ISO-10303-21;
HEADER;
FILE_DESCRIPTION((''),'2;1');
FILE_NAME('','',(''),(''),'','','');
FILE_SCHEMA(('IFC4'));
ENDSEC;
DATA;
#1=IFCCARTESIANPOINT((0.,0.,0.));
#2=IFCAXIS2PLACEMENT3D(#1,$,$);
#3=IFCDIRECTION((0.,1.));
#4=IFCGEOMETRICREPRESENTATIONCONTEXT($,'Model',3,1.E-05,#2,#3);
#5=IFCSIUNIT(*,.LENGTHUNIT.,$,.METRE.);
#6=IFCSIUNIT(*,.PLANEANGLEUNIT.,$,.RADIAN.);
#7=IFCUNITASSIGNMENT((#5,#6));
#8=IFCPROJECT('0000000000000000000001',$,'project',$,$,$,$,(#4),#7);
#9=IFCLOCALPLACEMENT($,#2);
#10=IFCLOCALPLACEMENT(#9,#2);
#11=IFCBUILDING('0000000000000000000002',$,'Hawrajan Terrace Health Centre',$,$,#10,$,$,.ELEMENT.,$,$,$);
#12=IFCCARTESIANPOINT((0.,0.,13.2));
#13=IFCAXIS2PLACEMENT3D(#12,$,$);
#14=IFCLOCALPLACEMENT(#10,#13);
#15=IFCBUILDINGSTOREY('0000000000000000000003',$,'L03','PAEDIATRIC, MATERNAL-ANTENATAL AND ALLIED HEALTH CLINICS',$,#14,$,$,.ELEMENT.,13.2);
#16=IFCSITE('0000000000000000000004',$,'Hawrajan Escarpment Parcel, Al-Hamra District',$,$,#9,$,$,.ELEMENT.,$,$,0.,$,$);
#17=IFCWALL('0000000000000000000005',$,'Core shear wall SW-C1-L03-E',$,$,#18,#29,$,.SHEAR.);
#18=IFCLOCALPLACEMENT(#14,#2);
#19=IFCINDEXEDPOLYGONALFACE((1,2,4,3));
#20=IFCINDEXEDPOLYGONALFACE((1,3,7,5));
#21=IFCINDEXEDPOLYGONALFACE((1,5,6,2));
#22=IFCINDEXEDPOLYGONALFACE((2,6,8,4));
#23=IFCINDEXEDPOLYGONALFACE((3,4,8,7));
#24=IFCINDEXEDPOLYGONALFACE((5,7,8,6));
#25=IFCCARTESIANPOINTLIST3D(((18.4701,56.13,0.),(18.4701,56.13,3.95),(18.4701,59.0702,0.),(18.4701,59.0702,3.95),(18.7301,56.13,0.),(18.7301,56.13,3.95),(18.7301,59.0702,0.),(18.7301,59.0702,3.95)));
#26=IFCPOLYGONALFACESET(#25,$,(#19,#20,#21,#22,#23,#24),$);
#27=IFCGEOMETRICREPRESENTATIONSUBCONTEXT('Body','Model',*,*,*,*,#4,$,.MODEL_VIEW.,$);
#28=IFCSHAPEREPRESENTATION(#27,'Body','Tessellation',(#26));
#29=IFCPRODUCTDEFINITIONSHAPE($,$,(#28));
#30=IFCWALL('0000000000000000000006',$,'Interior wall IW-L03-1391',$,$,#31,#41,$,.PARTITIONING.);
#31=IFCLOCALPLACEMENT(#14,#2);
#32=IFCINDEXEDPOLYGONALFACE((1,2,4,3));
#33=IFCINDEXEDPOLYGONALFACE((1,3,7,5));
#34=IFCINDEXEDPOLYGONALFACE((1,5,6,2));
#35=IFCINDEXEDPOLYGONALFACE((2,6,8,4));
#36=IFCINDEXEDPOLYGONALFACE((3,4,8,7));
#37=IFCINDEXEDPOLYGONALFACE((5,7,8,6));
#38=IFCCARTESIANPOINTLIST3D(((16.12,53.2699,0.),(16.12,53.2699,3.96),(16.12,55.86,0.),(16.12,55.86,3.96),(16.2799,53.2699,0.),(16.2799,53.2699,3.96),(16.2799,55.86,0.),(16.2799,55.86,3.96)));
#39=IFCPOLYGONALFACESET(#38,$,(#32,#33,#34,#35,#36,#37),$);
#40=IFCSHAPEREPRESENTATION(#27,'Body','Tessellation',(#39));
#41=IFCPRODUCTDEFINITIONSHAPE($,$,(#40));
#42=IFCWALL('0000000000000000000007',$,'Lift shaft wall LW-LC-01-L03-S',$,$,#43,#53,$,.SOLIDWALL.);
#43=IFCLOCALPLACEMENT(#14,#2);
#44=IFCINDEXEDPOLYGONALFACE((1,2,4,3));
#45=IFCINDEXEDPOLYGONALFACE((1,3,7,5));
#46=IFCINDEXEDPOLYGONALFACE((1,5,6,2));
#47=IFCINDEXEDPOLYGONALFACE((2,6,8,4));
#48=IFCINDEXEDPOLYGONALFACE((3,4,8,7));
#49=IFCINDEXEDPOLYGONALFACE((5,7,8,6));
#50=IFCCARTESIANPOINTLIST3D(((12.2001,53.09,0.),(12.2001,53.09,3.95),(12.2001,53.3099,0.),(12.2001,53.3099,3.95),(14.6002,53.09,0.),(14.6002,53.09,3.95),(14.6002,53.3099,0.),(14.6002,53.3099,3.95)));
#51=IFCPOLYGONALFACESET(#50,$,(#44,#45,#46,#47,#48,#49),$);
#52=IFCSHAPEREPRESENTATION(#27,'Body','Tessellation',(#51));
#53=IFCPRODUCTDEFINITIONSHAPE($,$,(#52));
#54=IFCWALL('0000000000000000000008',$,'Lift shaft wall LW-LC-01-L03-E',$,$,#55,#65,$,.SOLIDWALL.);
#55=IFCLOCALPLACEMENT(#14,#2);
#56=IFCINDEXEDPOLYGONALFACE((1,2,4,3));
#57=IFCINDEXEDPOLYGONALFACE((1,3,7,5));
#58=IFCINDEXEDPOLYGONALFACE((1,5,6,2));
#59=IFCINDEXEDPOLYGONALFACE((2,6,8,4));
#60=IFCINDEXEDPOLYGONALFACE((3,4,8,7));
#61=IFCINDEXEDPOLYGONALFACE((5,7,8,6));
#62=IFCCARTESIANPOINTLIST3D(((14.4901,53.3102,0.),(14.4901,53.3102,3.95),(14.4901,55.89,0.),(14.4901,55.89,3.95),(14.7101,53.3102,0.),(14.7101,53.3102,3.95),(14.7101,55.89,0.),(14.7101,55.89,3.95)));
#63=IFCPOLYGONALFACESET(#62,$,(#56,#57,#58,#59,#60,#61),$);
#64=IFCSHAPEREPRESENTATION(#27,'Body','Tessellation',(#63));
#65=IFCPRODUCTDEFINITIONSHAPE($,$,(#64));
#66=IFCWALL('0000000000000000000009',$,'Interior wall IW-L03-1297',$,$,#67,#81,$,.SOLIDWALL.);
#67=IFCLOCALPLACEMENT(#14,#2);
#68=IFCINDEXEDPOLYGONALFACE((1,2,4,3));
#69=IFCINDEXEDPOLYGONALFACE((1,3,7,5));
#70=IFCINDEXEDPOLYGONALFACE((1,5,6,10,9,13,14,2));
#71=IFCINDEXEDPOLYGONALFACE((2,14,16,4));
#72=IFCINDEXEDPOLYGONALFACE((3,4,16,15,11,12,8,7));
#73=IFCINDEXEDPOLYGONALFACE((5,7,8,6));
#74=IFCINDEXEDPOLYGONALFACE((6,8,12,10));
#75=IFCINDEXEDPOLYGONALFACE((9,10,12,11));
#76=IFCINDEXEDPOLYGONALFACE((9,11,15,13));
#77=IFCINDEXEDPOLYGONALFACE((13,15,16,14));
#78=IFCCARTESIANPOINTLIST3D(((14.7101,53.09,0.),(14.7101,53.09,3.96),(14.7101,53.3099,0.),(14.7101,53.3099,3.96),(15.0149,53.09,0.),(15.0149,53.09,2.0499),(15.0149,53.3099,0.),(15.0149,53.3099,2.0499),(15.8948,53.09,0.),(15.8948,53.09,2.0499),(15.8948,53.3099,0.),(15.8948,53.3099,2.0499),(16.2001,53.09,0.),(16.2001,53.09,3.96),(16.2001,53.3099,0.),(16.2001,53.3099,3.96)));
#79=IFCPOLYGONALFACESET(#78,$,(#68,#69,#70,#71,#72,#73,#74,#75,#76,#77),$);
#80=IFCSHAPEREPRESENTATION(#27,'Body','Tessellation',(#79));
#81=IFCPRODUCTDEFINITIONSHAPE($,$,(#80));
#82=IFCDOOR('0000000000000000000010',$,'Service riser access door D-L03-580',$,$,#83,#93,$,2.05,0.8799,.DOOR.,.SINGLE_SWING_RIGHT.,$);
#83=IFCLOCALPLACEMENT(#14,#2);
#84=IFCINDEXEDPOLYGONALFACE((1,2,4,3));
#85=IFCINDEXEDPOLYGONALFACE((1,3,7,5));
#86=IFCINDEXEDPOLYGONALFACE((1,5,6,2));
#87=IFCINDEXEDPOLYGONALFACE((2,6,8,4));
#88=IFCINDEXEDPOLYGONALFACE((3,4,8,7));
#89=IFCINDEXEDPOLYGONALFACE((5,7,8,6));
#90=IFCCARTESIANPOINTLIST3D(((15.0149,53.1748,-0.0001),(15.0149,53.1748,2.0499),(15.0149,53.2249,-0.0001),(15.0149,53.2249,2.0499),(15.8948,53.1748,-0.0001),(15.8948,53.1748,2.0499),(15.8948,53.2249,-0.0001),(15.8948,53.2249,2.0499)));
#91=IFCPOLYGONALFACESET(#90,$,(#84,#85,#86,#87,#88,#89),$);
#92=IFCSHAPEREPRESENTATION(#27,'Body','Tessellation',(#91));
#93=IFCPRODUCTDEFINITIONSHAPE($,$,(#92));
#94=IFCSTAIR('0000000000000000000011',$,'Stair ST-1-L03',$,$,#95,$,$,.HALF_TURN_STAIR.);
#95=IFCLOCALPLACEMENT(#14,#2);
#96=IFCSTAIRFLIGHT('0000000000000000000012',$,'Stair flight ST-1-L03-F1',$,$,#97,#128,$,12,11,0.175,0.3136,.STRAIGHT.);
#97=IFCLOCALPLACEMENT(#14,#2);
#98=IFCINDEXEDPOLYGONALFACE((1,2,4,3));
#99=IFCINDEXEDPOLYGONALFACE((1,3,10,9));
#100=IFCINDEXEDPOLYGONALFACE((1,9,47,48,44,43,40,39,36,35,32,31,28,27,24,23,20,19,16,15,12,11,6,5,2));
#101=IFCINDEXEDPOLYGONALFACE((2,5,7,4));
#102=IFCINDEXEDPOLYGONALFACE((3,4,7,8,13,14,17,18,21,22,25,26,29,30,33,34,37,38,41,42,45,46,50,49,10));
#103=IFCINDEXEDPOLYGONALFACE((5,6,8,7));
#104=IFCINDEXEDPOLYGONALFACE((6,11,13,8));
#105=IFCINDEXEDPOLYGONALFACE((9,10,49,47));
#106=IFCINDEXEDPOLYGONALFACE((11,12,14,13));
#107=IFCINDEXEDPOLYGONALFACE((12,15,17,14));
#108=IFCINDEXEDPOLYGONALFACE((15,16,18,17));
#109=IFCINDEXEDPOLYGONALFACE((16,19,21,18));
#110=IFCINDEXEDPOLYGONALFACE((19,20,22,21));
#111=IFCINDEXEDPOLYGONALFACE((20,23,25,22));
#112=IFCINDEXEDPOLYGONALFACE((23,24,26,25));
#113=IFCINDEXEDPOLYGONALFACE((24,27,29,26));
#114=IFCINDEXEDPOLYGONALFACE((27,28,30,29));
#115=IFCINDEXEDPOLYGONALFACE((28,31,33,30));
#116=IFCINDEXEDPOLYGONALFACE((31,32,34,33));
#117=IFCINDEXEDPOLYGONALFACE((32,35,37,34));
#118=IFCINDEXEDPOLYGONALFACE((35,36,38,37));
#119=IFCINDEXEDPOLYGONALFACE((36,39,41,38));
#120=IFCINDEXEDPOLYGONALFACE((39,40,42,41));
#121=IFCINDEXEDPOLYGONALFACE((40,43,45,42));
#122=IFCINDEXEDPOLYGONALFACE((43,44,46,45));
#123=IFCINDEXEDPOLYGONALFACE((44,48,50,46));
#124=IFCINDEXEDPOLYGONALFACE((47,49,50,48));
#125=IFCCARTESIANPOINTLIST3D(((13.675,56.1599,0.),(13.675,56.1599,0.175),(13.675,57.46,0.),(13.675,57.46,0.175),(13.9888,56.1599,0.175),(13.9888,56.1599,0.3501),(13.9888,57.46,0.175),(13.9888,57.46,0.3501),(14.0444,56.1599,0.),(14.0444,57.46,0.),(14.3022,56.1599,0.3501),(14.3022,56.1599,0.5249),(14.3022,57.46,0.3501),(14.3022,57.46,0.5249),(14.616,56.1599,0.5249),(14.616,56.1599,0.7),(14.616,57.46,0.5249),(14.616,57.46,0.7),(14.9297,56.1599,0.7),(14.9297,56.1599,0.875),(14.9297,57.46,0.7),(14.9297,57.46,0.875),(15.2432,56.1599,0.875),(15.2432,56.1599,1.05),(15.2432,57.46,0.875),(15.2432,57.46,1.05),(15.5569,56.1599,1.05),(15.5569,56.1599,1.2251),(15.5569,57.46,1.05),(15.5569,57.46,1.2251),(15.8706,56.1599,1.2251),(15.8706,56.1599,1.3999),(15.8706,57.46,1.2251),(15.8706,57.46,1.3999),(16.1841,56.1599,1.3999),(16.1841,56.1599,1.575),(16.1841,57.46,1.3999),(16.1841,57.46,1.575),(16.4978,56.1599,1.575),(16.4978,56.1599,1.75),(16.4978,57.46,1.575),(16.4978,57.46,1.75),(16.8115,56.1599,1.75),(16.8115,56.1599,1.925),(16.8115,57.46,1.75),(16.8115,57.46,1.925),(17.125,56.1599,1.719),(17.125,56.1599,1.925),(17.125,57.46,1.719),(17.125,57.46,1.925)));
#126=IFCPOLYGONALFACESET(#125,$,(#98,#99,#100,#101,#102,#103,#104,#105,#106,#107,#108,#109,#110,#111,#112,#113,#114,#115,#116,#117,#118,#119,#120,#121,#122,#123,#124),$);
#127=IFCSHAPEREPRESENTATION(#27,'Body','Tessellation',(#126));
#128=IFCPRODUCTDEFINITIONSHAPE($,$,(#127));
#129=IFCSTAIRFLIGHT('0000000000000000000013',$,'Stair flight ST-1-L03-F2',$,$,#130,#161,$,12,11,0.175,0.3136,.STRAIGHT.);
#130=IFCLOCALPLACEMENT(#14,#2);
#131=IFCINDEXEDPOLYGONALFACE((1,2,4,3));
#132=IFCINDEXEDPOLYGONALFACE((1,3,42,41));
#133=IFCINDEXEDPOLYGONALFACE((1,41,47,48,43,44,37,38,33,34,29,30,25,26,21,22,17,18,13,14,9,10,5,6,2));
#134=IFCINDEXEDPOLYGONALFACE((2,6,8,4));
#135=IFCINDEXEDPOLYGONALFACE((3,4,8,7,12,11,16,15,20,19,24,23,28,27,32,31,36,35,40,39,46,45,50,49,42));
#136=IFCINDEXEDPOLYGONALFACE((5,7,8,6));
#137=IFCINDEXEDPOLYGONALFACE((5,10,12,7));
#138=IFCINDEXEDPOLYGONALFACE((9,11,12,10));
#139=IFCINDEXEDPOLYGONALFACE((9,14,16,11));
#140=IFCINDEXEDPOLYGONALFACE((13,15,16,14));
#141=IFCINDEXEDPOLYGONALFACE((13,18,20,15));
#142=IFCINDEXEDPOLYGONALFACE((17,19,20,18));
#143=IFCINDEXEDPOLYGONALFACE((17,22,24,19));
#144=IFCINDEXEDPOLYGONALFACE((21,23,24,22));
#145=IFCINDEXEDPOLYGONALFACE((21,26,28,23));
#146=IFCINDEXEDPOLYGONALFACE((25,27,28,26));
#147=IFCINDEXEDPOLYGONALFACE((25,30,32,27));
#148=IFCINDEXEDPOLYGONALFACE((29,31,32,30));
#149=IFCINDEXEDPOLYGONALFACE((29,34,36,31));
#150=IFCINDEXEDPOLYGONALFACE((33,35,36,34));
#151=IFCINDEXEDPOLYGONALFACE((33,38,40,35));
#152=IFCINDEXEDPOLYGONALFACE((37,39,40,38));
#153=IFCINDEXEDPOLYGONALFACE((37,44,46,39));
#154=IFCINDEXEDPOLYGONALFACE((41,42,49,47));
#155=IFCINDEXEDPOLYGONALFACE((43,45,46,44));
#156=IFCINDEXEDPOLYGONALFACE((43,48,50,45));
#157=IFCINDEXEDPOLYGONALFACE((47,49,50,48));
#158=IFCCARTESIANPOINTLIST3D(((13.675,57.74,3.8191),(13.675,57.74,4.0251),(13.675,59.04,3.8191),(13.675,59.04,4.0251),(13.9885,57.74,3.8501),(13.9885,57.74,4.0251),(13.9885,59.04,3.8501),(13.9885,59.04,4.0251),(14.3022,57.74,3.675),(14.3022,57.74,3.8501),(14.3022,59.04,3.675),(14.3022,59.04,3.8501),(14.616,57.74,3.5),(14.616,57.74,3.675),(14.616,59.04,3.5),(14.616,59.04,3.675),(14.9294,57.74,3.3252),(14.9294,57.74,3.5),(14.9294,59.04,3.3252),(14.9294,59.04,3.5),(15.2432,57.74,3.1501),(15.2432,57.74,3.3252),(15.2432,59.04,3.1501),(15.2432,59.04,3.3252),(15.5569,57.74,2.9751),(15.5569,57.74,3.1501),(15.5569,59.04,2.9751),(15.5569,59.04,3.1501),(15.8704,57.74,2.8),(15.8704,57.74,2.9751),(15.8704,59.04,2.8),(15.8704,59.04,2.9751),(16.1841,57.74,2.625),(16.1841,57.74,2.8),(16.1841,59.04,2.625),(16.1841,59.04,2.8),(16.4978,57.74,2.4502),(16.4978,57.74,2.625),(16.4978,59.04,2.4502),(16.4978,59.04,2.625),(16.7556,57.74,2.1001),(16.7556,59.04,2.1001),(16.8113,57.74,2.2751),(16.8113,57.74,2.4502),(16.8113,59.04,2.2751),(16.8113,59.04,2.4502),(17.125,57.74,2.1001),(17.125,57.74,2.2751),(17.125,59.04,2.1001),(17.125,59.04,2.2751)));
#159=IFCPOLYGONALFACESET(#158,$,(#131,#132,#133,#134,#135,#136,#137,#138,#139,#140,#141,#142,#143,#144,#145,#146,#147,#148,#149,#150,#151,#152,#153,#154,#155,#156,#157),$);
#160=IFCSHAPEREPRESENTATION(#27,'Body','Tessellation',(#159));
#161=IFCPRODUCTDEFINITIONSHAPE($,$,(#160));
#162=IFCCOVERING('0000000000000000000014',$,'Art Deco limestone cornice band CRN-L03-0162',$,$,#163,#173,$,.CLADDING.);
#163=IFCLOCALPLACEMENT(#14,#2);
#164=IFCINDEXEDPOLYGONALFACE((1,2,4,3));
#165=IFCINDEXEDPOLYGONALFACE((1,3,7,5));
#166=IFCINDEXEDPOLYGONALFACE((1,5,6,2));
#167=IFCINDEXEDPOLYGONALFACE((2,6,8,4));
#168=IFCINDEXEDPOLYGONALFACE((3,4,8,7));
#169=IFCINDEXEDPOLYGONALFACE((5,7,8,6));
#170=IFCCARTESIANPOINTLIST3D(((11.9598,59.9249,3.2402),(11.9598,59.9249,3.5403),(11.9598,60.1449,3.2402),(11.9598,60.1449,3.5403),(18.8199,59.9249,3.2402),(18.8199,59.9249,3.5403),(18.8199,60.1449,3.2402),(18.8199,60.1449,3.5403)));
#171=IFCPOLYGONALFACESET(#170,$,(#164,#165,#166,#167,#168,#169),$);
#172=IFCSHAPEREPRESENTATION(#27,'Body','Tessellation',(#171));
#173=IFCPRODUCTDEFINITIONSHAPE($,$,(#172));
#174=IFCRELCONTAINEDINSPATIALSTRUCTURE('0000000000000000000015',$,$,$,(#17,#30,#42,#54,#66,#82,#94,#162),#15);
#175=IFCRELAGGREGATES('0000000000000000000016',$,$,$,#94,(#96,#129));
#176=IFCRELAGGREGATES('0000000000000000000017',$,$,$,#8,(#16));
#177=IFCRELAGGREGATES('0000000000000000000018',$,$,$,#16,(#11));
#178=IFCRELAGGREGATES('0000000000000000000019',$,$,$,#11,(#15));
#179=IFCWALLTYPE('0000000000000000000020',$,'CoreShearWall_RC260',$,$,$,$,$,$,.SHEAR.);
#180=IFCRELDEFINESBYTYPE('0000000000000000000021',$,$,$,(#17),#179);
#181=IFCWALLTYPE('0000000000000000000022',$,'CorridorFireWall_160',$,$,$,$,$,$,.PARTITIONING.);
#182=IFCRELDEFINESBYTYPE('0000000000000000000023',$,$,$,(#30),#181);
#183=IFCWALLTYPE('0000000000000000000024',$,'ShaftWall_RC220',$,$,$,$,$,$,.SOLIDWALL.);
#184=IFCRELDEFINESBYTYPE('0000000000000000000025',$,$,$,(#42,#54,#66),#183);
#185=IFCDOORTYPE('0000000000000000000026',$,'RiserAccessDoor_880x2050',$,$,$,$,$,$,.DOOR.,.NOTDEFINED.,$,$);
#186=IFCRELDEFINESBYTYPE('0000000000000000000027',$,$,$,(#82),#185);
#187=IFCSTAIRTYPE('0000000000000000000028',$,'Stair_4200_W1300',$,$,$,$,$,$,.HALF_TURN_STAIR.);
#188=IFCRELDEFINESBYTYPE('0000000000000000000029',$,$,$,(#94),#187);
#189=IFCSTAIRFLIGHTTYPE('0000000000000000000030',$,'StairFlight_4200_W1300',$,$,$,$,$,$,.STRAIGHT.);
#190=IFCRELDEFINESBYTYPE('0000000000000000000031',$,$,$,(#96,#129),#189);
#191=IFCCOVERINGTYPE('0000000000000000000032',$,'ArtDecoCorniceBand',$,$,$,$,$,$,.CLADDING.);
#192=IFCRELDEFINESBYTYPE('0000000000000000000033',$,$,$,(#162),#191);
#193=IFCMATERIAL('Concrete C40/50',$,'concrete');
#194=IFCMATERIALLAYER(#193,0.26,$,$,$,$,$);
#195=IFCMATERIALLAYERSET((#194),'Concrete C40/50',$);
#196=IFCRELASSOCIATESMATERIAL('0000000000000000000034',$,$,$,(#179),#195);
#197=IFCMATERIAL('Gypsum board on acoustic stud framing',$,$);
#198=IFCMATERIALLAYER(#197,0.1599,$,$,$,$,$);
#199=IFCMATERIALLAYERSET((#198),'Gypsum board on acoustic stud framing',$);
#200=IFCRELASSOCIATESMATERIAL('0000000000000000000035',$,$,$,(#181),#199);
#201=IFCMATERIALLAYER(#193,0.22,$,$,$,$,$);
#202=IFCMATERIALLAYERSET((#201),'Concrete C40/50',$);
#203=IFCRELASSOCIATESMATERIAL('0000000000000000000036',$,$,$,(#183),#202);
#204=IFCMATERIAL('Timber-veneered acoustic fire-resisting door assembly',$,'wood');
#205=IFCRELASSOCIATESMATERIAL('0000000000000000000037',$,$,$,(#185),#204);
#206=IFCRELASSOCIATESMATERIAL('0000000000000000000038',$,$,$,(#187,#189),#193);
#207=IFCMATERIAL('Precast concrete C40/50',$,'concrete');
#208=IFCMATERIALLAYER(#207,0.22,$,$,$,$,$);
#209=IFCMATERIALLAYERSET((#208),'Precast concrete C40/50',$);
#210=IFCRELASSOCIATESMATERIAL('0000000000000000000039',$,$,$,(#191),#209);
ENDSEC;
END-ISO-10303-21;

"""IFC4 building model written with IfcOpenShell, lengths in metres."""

from ifc_helpers import new_model, si_unit, direction, frame, frame_2d, origin, origin_2d, place, context, subcontext, project, spatial, polyline, rectangle, outline, extrude, material, layer, layer_set, type_object, element, fill, aggregate, save


model = new_model("IFC4")

# Units and contexts
model_context = context("Model", 3, precision=1e-05, world=origin(), true_north=direction((0.0, 1.0)))
body_context = subcontext(model_context, "Body", "Model", "MODEL_VIEW")
ifc_project = project(units=[si_unit("LENGTHUNIT", "METRE"), si_unit("PLANEANGLEUNIT", "RADIAN")], contexts=[model_context])

# Site, building, storey
site_placement = place(None, origin())
site = spatial("IfcSite", under=ifc_project, at=site_placement, Name="Hawrajan Escarpment Parcel, Al-Hamra District", CompositionType="ELEMENT", RefElevation=0.0)
building_placement = place(site_placement, origin())
building = spatial("IfcBuilding", under=site, at=building_placement, Name="Hawrajan Terrace Health Centre", CompositionType="ELEMENT")
storey_placement = place(building_placement, frame((0.0, 0.0, 13.2)))
storey = spatial("IfcBuildingStorey", under=building, at=storey_placement, Name="L03", Description="PAEDIATRIC, MATERNAL-ANTENATAL AND ALLIED HEALTH CLINICS", CompositionType="ELEMENT", Elevation=13.2)

# Shared definitions
ifc_material_1 = material(Name="Gypsum board on acoustic stud framing")

# Shared definitions
ifc_material_2 = material(Name="Concrete C40/50", Category="concrete")
ifc_layer_1 = layer(ifc_material_2, 0.26)
ifc_layer_set_1 = layer_set([ifc_layer_1], Name="Concrete C40/50")
wall_type_1 = type_object("IfcWallType", Name="CoreShearWall_RC260", PredefinedType="SHEAR", material=ifc_layer_set_1)
ifc_material_3 = material(Name="Timber-veneered acoustic fire-resisting door assembly", Category="wood")

# Walls
wall_1_placement = place(storey_placement, frame((18.6001, 56.1299, 0.0), z_axis=(0.0, 0.0, 1.0), x_axis=(0.0, 1.0, 0.0)))
element("IfcWall", 1, at=wall_1_placement, inside=storey, type_object=wall_type_1, Name="Core shear wall SW-C1-L03-E", PredefinedType="SHEAR", context=body_context, shape_type="SweptSolid", body=[
    extrude(rectangle(XDim=2.9402, YDim=0.26, at=frame_2d((1.4702, 0.0))), origin(), (0.0, 0.0, 1.0), 3.95),
])
ifc_layer_2 = layer(ifc_material_1, 0.1599)
ifc_layer_set_2 = layer_set([ifc_layer_2], Name="Gypsum board on acoustic stud framing")
wall_type_2 = type_object("IfcWallType", Name="CorridorFireWall_160", PredefinedType="PARTITIONING", material=ifc_layer_set_2)
wall_2_placement = place(storey_placement, frame((16.2, 53.27, 0.0), z_axis=(0.0, 0.0, 1.0), x_axis=(0.0, 1.0, 0.0)))
element("IfcWall", 2, at=wall_2_placement, inside=storey, type_object=wall_type_2, Name="Interior wall IW-L03-1391", PredefinedType="PARTITIONING", context=body_context, shape_type="SweptSolid", body=[
    extrude(rectangle(XDim=2.5901, YDim=0.1599, at=frame_2d((1.2949, 0.0))), origin(), (0.0, 0.0, 1.0), 3.96),
])
ifc_layer_3 = layer(ifc_material_2, 0.22)
ifc_layer_set_3 = layer_set([ifc_layer_3], Name="Concrete C40/50")
wall_type_3 = type_object("IfcWallType", Name="ShaftWall_RC220", PredefinedType="SOLIDWALL", material=ifc_layer_set_3)
wall_3_placement = place(storey_placement, frame((12.2, 53.2, 0.0), z_axis=(0.0, 0.0, 1.0), x_axis=(1.0, 0.0, 0.0)))
element("IfcWall", 3, at=wall_3_placement, inside=storey, type_object=wall_type_3, Name="Lift shaft wall LW-LC-01-L03-S", PredefinedType="SOLIDWALL", context=body_context, shape_type="SweptSolid", body=[
    extrude(rectangle(XDim=2.4001, YDim=0.22, at=frame_2d((1.2002, 0.0))), origin(), (0.0, 0.0, 1.0), 3.95),
])

# Wall
wall_4_placement = place(storey_placement, frame((14.6001, 53.3101, 0.0), z_axis=(0.0, 0.0, 1.0), x_axis=(0.0, 1.0, 0.0)))
element("IfcWall", 4, at=wall_4_placement, inside=storey, type_object=wall_type_3, Name="Lift shaft wall LW-LC-01-L03-E", PredefinedType="SOLIDWALL", context=body_context, shape_type="SweptSolid", body=[
    extrude(rectangle(XDim=2.5798, YDim=0.22, at=frame_2d((1.29, 0.0))), origin(), (0.0, 0.0, 1.0), 3.95),
])

# Wall, opening, door
wall_5_placement = place(storey_placement, frame((14.71, 53.2, 0.0), z_axis=(0.0, 0.0, 1.0), x_axis=(1.0, 0.0, 0.0)))
wall_5 = element("IfcWall", 5, at=wall_5_placement, inside=storey, type_object=wall_type_3, Name="Interior wall IW-L03-1297", PredefinedType="SOLIDWALL", context=body_context, shape_type="SweptSolid", body=[
    extrude(rectangle(XDim=1.49, YDim=0.22, at=frame_2d((0.7451, 0.0))), origin(), (0.0, 0.0, 1.0), 3.96),
])
opening_1_placement = place(wall_5_placement, frame((0.3049, 0.0, 0.0)))
opening_1 = element("IfcOpeningElement", 6, at=opening_1_placement, cuts=wall_5, PredefinedType="OPENING", context=body_context, shape_type="SweptSolid", body=[
    extrude(rectangle(XDim=0.8799, YDim=2.05, at=frame_2d((0.4399, 1.0249))), frame((0.0, 0.1199, 0.0), z_axis=(0.0, -1.0, 0.0), x_axis=(1.0, 0.0, 0.0)), (0.0, 0.0, 1.0), 0.24),
])
door_type_1 = type_object("IfcDoorType", Name="RiserAccessDoor_880x2050", OperationType="NOTDEFINED", PredefinedType="DOOR", material=ifc_material_3)
door_1_placement = place(opening_1_placement, origin())
door_1 = element("IfcDoor", 7, at=door_1_placement, inside=storey, type_object=door_type_1, Name="Service riser access door D-L03-580", OperationType="SINGLE_SWING_RIGHT", OverallHeight=2.05, OverallWidth=0.8799, PredefinedType="DOOR", context=body_context, shape_type="SweptSolid", body=[
    extrude(rectangle(XDim=0.8799, YDim=2.05, at=frame_2d((0.4399, 1.0249))), frame((0.0, 0.0249, 0.0), z_axis=(0.0, -1.0, 0.0), x_axis=(1.0, 0.0, 0.0)), (0.0, 0.0, 1.0), 0.05),
])
fill(opening_1, door_1)

# Stair, stair flights
stair_type = type_object("IfcStairType", Name="Stair_4200_W1300", PredefinedType="HALF_TURN_STAIR", material=ifc_material_2)
stair_placement = place(storey_placement, origin())
stair = element("IfcStair", 8, at=stair_placement, inside=storey, type_object=stair_type, Name="Stair ST-1-L03", PredefinedType="HALF_TURN_STAIR")
stair_flight_type = type_object("IfcStairFlightType", Name="StairFlight_4200_W1300", PredefinedType="STRAIGHT", material=ifc_material_2)
stair_flight_1_placement = place(storey_placement, frame((13.675, 56.8101, 0.0), z_axis=(0.0, 0.0, 1.0), x_axis=(1.0, 0.0, 0.0)))
stair_flight_1 = element("IfcStairFlight", 9, at=stair_flight_1_placement, type_object=stair_flight_type, Name="Stair flight ST-1-L03-F1", NumberOfRisers=12, NumberOfTreads=11, PredefinedType="STRAIGHT", RiserHeight=0.175, TreadLength=0.3136, context=body_context, shape_type="SweptSolid", body=[
    extrude(outline(polyline([(0.0, 0.0), (0.0, 0.175), (0.3137, 0.175), (0.3137, 0.3501), (0.6272, 0.3501), (0.6272, 0.5249), (0.9409, 0.5249), (0.9409, 0.7), (1.2546, 0.7), (1.2546, 0.875), (1.5681, 0.875), (1.5681, 1.05), (1.8818, 1.05), (1.8818, 1.2251), (2.1956, 1.2251), (2.1956, 1.3999), (2.509, 1.3999), (2.509, 1.575), (2.8228, 1.575), (2.8228, 1.75), (3.1365, 1.75), (3.1365, 1.925), (3.45, 1.925), (3.45, 2.1001), (3.45, 1.719), (0.3694, 0.0), (0.0, 0.0)])), frame((0.0, 0.6499, 0.0), z_axis=(0.0, -1.0, 0.0), x_axis=(1.0, 0.0, 0.0)), (0.0, 0.0, 1.0), 1.3),
])
stair_flight_2_placement = place(storey_placement, frame((17.125, 58.3899, 2.1001), z_axis=(0.0, 0.0, 1.0), x_axis=(-1.0, 0.0, 0.0)))
stair_flight_2 = element("IfcStairFlight", 10, at=stair_flight_2_placement, type_object=stair_flight_type, Name="Stair flight ST-1-L03-F2", NumberOfRisers=12, NumberOfTreads=11, PredefinedType="STRAIGHT", RiserHeight=0.175, TreadLength=0.3136, context=body_context, shape_type="SweptSolid", body=[
    extrude(outline(polyline([(0.0, 0.0), (0.0, 0.175), (0.3137, 0.175), (0.3137, 0.3501), (0.6272, 0.3501), (0.6272, 0.5249), (0.9409, 0.5249), (0.9409, 0.7), (1.2546, 0.7), (1.2546, 0.875), (1.5681, 0.875), (1.5681, 1.05), (1.8818, 1.05), (1.8818, 1.2251), (2.1956, 1.2251), (2.1956, 1.3999), (2.509, 1.3999), (2.509, 1.575), (2.8228, 1.575), (2.8228, 1.75), (3.1365, 1.75), (3.1365, 1.925), (3.45, 1.925), (3.45, 2.1001), (3.45, 1.719), (0.3694, 0.0), (0.0, 0.0)])), frame((0.0, 0.6499, 0.0), z_axis=(0.0, -1.0, 0.0), x_axis=(1.0, 0.0, 0.0)), (0.0, 0.0, 1.0), 1.3),
])
aggregate(stair, [stair_flight_1, stair_flight_2])

# Covering
ifc_material_4 = material(Name="Precast concrete C40/50", Category="concrete")
ifc_layer_4 = layer(ifc_material_4, 0.22)
ifc_layer_set_4 = layer_set([ifc_layer_4], Name="Precast concrete C40/50")
covering_type_1 = type_object("IfcCoveringType", Name="ArtDecoCorniceBand", PredefinedType="CLADDING", material=ifc_layer_set_4)
covering_placement = place(storey_placement, frame((15.3899, 60.0349, 3.2402), z_axis=(0.0, 0.0, 1.0), x_axis=(1.0, 0.0, 0.0)))
element("IfcCovering", 11, at=covering_placement, inside=storey, type_object=covering_type_1, Name="Art Deco limestone cornice band CRN-L03-0162", PredefinedType="CLADDING", context=body_context, shape_type="SweptSolid", body=[
    extrude(rectangle(XDim=6.8601, YDim=0.22, at=origin_2d()), origin(), (0.0, 0.0, 1.0), 0.3),
])

save(model, "model.ifc")
